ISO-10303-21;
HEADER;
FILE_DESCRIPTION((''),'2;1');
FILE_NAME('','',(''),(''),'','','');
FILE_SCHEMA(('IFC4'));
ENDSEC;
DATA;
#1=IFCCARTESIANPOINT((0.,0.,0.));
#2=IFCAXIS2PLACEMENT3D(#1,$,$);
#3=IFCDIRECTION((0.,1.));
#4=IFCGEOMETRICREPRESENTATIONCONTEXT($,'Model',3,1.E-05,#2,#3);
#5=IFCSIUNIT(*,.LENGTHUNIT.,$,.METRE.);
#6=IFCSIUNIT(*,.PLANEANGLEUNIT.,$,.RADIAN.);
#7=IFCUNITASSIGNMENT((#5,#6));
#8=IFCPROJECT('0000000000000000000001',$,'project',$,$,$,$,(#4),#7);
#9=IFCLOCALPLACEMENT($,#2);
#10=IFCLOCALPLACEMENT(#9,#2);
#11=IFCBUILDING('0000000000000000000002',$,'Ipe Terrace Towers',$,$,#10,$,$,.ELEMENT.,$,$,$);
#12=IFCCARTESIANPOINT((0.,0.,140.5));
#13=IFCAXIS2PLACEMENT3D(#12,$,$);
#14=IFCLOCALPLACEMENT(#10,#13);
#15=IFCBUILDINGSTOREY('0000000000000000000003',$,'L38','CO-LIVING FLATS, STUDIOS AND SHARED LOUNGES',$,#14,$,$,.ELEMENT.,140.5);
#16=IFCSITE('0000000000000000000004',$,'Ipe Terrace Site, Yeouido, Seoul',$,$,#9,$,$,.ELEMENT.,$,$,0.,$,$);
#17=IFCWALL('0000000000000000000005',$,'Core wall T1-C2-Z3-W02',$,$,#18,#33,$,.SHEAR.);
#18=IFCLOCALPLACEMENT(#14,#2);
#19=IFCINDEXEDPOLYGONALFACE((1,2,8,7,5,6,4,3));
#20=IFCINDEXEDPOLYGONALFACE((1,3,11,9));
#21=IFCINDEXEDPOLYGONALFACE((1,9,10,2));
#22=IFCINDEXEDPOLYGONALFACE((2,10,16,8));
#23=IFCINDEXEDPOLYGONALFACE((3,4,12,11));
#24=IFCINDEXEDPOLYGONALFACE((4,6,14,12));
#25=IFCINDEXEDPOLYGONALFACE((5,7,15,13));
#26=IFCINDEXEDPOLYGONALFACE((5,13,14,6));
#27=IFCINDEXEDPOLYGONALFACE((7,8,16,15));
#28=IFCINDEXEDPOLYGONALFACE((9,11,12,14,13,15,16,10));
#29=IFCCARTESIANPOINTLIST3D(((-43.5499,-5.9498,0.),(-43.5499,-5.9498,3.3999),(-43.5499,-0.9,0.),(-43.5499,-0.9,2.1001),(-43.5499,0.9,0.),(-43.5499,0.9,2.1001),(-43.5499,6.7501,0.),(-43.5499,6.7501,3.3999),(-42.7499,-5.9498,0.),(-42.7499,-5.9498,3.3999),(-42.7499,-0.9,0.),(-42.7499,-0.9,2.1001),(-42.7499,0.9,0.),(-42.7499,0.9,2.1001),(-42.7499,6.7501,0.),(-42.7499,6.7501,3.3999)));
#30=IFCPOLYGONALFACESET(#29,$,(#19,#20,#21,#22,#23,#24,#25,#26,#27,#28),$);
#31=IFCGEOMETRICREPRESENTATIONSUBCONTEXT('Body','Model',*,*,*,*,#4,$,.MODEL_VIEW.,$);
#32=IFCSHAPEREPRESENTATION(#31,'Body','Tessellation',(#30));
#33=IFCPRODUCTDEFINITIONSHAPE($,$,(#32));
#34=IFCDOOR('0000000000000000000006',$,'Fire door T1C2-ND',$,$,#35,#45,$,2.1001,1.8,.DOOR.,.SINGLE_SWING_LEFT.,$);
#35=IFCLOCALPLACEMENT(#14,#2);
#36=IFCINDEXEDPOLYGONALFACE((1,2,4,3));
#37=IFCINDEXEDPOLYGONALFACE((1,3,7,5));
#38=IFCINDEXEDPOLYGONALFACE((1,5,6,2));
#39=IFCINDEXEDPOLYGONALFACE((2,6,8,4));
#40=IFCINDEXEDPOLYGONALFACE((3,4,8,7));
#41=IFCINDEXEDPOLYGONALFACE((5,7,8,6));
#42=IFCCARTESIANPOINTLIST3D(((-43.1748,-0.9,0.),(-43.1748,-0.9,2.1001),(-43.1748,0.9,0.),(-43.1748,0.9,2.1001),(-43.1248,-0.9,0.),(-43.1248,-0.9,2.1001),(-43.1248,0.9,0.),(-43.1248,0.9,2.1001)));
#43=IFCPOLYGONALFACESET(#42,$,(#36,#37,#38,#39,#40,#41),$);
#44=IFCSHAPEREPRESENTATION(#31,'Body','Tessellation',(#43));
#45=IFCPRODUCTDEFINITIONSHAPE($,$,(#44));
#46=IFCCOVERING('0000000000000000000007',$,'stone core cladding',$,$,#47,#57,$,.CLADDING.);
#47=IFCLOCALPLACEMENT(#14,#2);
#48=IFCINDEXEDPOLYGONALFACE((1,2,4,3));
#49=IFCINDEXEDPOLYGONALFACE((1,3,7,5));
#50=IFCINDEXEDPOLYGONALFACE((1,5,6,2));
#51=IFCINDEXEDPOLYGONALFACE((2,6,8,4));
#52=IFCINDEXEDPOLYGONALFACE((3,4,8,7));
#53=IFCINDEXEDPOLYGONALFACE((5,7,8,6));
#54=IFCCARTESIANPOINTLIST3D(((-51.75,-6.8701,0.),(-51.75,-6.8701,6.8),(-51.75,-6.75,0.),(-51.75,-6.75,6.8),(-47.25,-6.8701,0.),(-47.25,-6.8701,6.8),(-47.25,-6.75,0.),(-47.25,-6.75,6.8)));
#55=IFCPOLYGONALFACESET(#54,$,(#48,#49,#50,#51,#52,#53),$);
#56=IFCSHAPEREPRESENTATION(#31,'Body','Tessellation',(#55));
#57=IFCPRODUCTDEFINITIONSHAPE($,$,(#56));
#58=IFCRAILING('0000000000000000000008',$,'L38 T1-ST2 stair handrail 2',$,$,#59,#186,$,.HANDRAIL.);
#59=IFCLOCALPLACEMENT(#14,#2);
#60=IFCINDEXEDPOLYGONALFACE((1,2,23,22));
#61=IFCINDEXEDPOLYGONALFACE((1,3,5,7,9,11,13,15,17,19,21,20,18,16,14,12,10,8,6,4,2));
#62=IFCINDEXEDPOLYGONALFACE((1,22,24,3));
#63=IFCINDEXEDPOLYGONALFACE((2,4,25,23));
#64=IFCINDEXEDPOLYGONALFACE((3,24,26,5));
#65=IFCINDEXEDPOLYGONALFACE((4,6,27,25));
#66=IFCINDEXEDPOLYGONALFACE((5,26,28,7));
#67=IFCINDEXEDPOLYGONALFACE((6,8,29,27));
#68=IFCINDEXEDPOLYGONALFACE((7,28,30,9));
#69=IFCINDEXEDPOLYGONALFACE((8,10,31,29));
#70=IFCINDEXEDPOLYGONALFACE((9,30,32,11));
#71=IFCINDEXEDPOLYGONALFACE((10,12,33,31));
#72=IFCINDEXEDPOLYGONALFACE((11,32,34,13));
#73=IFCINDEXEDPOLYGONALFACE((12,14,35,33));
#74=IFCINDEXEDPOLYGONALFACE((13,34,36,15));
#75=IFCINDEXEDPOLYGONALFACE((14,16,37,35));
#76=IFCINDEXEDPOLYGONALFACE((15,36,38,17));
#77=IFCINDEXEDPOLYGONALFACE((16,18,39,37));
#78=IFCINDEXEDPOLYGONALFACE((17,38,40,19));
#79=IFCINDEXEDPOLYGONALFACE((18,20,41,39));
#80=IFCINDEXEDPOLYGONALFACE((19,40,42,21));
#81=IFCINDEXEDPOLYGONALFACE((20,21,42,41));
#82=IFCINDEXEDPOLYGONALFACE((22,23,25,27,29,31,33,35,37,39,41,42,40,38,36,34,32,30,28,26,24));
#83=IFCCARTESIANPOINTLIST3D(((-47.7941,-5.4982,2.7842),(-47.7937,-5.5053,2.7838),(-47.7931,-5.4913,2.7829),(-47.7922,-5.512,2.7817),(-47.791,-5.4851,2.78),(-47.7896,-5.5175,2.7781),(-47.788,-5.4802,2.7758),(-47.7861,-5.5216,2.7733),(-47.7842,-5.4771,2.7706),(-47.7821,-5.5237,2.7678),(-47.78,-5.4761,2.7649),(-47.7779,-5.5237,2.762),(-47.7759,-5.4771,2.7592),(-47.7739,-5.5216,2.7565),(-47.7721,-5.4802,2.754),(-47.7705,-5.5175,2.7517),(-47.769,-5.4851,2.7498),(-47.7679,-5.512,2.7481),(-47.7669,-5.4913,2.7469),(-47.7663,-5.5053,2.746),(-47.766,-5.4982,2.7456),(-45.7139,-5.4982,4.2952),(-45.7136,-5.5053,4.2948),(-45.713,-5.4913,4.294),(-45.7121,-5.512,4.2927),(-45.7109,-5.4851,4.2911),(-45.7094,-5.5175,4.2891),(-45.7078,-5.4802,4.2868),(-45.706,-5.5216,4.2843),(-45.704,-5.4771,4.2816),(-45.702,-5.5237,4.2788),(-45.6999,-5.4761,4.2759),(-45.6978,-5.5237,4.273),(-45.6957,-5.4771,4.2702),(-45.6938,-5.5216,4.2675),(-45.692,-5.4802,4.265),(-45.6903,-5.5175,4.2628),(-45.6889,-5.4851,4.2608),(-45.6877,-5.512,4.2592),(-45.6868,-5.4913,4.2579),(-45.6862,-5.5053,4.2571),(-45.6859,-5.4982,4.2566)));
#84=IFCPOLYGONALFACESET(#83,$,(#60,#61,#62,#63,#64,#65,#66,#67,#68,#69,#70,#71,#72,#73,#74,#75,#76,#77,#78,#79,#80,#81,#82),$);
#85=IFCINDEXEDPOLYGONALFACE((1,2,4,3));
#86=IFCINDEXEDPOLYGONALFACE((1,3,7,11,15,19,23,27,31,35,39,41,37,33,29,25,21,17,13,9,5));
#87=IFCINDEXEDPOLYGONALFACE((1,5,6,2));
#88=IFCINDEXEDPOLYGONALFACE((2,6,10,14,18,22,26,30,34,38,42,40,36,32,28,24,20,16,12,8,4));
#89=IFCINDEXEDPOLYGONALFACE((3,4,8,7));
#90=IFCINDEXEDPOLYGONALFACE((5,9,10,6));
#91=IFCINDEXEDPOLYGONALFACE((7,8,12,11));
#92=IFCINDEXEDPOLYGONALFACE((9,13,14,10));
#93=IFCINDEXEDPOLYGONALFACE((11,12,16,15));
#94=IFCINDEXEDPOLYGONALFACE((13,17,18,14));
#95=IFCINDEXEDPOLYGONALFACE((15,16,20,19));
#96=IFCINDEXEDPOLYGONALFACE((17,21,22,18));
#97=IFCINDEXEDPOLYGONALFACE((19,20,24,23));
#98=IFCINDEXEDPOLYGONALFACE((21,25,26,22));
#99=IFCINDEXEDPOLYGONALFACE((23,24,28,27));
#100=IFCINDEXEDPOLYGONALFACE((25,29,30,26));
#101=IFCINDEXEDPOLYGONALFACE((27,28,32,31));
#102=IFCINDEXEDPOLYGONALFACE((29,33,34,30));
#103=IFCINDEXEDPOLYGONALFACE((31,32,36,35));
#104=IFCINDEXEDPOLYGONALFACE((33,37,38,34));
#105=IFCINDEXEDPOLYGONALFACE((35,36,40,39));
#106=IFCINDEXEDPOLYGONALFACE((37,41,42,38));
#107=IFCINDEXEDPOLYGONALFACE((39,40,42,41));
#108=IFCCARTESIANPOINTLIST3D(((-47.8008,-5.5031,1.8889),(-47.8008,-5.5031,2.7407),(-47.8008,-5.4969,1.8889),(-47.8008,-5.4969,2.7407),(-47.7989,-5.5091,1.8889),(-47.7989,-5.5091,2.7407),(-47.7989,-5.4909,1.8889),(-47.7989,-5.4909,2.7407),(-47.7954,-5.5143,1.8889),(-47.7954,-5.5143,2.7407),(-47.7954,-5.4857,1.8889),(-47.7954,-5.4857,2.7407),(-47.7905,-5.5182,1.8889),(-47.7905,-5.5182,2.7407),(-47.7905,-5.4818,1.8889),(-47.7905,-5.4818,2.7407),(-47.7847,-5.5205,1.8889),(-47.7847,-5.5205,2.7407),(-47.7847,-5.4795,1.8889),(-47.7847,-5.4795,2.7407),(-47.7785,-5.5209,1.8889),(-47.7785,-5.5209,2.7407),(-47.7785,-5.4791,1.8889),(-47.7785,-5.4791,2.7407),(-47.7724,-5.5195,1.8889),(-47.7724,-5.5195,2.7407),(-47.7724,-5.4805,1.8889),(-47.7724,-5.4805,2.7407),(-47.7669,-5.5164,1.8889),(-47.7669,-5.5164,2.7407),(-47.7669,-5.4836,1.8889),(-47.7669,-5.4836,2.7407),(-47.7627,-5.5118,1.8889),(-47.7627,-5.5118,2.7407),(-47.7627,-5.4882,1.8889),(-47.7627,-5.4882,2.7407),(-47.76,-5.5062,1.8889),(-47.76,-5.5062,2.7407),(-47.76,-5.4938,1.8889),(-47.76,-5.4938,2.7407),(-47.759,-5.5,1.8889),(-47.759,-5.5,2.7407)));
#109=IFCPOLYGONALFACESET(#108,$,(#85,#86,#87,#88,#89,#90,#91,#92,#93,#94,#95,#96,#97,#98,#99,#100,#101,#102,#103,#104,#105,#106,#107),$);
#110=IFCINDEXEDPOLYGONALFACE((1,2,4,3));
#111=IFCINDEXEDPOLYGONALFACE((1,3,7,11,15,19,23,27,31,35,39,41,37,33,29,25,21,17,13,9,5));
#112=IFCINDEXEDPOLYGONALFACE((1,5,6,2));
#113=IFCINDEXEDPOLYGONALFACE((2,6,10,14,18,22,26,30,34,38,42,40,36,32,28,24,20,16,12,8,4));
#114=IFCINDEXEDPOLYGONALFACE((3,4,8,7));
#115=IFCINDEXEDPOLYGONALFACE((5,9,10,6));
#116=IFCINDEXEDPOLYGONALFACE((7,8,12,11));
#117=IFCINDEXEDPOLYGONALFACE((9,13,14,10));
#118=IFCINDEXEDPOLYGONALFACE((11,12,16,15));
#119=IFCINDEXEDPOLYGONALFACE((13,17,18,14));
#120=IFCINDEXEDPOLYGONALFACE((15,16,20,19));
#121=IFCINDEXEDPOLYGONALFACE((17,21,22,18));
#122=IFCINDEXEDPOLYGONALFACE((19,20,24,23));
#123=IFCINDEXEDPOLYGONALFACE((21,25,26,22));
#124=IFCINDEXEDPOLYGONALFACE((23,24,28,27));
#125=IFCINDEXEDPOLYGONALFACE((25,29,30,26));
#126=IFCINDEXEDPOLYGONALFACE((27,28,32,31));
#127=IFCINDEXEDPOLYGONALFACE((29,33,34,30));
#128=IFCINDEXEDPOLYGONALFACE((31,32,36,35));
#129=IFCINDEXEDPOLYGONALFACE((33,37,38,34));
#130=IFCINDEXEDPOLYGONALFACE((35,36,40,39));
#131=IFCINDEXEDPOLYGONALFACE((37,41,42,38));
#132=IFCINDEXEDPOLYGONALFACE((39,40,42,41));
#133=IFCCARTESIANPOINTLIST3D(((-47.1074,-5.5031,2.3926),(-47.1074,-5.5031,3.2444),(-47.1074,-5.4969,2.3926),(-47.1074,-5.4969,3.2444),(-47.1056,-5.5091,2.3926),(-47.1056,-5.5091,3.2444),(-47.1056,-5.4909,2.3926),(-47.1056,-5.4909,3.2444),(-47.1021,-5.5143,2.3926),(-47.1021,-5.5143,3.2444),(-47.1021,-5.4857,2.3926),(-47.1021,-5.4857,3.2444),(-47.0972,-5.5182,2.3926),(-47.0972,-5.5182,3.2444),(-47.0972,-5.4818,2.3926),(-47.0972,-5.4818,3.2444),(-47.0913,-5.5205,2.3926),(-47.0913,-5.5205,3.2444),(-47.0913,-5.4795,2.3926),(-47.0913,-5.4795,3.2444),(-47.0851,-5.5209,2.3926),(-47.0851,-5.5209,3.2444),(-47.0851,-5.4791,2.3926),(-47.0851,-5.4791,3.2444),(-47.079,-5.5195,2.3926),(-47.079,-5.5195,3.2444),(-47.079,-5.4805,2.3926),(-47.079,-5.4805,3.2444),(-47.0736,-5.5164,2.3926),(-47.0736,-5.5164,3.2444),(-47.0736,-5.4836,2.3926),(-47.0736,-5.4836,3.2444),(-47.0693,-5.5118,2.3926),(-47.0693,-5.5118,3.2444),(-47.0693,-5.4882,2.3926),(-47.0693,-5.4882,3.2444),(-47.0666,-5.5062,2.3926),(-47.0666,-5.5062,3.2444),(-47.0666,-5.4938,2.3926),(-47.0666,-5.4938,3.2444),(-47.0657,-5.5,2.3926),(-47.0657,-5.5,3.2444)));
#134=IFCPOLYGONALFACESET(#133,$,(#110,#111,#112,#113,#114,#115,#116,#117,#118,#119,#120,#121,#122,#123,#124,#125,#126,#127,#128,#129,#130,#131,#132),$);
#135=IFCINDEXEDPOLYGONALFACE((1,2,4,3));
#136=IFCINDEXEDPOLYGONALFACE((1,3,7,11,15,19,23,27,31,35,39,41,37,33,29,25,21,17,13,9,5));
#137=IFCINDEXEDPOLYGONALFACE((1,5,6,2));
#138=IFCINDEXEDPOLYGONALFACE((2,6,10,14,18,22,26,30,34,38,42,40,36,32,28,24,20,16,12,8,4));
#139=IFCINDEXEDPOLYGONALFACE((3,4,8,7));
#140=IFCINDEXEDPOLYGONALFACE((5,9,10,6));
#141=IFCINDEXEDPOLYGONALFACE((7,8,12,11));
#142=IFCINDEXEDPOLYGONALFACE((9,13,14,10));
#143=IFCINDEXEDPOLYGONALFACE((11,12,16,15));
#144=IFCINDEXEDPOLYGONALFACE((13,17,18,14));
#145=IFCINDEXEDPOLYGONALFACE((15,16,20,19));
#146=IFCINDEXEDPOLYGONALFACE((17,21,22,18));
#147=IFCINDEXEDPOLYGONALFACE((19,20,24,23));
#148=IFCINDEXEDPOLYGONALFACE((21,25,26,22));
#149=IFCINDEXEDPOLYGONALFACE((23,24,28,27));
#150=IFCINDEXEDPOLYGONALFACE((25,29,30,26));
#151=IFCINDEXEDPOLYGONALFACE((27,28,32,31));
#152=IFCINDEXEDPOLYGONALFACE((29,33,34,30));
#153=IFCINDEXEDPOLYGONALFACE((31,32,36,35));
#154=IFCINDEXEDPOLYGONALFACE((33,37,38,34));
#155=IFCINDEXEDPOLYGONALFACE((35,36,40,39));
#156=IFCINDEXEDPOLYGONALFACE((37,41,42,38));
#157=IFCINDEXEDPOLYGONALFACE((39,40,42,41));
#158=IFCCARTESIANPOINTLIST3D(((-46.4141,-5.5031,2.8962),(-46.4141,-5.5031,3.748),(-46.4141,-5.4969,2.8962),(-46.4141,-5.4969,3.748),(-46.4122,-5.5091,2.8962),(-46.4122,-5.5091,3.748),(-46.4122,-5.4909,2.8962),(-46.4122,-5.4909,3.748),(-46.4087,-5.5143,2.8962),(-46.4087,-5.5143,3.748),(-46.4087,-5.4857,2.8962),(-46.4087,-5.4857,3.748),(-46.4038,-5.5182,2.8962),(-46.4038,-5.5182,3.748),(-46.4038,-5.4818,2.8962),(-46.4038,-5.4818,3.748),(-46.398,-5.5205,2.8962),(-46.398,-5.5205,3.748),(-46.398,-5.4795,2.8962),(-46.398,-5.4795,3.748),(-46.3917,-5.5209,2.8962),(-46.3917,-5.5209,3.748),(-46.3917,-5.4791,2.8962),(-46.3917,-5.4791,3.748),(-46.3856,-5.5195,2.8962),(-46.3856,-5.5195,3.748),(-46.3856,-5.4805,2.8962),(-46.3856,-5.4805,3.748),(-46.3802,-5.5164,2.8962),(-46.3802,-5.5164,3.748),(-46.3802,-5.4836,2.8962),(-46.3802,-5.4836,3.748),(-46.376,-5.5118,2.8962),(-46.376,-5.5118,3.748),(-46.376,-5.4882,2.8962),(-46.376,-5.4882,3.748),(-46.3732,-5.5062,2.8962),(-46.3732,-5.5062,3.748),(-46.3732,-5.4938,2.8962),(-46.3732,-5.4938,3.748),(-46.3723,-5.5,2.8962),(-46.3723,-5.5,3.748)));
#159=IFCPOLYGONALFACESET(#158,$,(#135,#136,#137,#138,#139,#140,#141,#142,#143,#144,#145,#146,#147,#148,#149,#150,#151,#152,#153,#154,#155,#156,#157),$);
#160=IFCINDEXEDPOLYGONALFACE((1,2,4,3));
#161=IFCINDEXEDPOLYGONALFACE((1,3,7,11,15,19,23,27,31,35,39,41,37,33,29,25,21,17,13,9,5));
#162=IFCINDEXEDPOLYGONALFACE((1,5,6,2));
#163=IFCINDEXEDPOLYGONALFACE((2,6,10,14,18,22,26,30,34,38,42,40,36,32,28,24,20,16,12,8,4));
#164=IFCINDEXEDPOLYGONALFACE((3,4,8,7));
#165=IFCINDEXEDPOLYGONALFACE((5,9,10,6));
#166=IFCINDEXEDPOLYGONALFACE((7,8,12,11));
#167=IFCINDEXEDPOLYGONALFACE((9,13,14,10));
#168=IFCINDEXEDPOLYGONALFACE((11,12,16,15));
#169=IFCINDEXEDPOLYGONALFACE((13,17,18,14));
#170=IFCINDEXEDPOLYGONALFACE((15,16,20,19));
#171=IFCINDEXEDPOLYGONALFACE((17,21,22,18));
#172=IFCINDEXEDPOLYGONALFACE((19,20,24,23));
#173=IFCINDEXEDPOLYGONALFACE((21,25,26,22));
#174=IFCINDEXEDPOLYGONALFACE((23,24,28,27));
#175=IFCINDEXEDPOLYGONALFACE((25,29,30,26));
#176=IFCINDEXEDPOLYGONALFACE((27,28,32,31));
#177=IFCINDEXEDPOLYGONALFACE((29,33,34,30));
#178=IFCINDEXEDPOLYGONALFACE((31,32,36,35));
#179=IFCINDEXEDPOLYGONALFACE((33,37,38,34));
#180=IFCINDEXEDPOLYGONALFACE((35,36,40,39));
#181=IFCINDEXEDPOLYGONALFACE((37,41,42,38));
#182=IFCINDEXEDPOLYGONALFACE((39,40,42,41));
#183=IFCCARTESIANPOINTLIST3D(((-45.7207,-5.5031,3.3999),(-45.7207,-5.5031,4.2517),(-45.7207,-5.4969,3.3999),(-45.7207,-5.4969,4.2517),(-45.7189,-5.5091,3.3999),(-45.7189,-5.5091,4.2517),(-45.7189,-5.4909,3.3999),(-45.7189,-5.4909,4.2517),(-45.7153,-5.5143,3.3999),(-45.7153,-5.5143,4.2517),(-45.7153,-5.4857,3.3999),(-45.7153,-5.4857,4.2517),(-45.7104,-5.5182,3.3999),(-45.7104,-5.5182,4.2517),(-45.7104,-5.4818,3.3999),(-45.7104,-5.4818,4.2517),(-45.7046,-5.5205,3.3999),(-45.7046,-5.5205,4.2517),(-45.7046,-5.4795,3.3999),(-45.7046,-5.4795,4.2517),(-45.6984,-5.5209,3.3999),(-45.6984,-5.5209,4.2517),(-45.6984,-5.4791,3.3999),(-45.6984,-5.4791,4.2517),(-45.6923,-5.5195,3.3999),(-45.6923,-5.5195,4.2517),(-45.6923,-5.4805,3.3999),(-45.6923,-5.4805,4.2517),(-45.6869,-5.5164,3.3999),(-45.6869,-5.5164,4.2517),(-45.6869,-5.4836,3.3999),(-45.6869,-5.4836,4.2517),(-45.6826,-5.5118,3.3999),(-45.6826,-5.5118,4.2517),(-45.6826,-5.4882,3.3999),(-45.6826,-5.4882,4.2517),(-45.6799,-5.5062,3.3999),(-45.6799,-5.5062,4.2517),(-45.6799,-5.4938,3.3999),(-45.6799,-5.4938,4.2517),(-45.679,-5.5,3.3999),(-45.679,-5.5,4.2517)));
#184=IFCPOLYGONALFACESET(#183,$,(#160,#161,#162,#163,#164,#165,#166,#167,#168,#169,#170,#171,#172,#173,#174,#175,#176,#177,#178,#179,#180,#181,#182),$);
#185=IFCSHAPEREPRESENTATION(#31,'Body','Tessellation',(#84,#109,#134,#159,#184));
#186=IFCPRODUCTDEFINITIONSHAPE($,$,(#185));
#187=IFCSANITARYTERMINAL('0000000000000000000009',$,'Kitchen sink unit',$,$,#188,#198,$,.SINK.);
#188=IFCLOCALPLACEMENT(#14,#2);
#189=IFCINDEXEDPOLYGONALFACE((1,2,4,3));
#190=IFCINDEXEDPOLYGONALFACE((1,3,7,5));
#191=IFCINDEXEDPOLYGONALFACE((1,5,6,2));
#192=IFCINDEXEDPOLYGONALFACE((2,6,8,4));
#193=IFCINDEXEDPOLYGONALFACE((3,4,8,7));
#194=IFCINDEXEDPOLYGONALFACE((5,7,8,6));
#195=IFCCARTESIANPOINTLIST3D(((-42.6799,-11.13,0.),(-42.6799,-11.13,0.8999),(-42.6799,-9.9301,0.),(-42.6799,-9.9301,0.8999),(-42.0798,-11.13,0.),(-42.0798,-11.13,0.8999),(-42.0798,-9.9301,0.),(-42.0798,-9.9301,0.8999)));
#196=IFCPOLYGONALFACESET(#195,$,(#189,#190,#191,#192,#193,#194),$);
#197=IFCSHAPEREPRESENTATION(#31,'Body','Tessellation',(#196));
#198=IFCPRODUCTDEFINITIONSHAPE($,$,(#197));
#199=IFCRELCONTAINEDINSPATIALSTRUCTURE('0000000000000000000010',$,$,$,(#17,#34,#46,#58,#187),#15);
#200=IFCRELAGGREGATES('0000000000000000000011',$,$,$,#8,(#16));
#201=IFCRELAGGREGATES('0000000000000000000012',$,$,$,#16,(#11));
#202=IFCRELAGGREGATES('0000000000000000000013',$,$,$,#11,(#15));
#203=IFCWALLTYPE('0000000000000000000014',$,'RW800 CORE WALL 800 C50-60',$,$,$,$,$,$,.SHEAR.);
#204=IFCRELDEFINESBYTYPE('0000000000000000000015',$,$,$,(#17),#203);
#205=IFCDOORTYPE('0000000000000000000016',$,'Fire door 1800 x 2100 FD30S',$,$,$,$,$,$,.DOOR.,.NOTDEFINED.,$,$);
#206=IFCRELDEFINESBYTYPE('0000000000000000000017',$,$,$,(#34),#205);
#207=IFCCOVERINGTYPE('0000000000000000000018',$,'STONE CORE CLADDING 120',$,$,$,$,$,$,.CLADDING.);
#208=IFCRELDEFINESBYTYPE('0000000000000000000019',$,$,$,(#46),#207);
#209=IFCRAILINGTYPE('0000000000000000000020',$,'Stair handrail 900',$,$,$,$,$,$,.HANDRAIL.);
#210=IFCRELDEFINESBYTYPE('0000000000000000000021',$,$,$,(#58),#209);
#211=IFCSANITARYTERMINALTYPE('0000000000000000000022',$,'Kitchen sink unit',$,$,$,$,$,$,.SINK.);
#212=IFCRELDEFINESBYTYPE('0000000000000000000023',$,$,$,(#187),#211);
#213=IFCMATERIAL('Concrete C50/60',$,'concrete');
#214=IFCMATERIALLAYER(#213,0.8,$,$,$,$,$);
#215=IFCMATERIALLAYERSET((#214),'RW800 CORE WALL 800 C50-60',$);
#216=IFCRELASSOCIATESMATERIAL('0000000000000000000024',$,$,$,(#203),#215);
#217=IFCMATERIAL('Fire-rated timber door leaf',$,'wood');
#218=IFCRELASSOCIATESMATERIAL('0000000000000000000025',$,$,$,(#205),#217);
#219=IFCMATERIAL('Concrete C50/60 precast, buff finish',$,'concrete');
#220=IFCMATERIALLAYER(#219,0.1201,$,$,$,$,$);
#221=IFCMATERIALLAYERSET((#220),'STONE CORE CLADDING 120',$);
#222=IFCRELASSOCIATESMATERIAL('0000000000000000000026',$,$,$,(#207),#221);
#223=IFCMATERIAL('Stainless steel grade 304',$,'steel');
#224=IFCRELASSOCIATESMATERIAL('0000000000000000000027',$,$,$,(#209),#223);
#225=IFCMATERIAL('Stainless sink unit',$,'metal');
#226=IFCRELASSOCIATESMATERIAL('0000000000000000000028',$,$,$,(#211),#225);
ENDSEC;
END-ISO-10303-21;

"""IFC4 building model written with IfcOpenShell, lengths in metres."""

from ifc_helpers import new_model, si_unit, direction, frame, frame_2d, origin, origin_2d, place, context, subcontext, project, spatial, rectangle, circle, extrude, material, layer, layer_set, type_object, element, fill, save


model = new_model("IFC4")

# Units and contexts
model_context = context("Model", 3, precision=1e-05, world=origin(), true_north=direction((0.0, 1.0)))
body_context = subcontext(model_context, "Body", "Model", "MODEL_VIEW")
ifc_project = project(units=[si_unit("LENGTHUNIT", "METRE"), si_unit("PLANEANGLEUNIT", "RADIAN")], contexts=[model_context])

# Site, building, storey
site_placement = place(None, origin())
site = spatial("IfcSite", under=ifc_project, at=site_placement, Name="Ipe Terrace Site, Yeouido, Seoul", CompositionType="ELEMENT", RefElevation=0.0)
building_placement = place(site_placement, origin())
building = spatial("IfcBuilding", under=site, at=building_placement, Name="Ipe Terrace Towers", CompositionType="ELEMENT")
storey_placement = place(building_placement, frame((0.0, 0.0, 140.5)))
storey = spatial("IfcBuildingStorey", under=building, at=storey_placement, Name="L38", Description="CO-LIVING FLATS, STUDIOS AND SHARED LOUNGES", CompositionType="ELEMENT", Elevation=140.5)

# Shared definitions
ifc_material_1 = material(Name="Concrete C50/60", Category="concrete")
ifc_layer_1 = layer(ifc_material_1, 0.8)
ifc_layer_set_1 = layer_set([ifc_layer_1], Name="RW800 CORE WALL 800 C50-60")
wall_type_1 = type_object("IfcWallType", Name="RW800 CORE WALL 800 C50-60", PredefinedType="SHEAR", material=ifc_layer_set_1)

# Wall, opening, door
wall_1_placement = place(storey_placement, frame((-43.1499, -5.95, 0.0), z_axis=(0.0, 0.0, 1.0), x_axis=(0.0, 1.0, 0.0)))
wall_1 = element("IfcWall", 1, at=wall_1_placement, inside=storey, type_object=wall_type_1, Name="Core wall T1-C2-Z3-W02", PredefinedType="SHEAR", context=body_context, shape_type="SweptSolid", body=[
    extrude(rectangle(XDim=12.7, YDim=0.8, at=frame_2d((6.3501, 0.0))), origin(), (0.0, 0.0, 1.0), 3.3999),
])
opening_1_placement = place(wall_1_placement, frame((5.05, 0.0, 0.0)))
opening_1 = element("IfcOpeningElement", 2, at=opening_1_placement, cuts=wall_1, PredefinedType="OPENING", context=body_context, shape_type="SweptSolid", body=[
    extrude(rectangle(XDim=1.8, YDim=2.1001, at=frame_2d((0.8999, 1.05))), frame((0.0, 0.4102, 0.0), z_axis=(0.0, -1.0, 0.0), x_axis=(1.0, 0.0, 0.0)), (0.0, 0.0, 1.0), 0.8201),
])
ifc_material_2 = material(Name="Fire-rated timber door leaf", Category="wood")
door_type_1 = type_object("IfcDoorType", Name="Fire door 1800 x 2100 FD30S", OperationType="NOTDEFINED", PredefinedType="DOOR", material=ifc_material_2)
door_1_placement = place(opening_1_placement, origin())
door_1 = element("IfcDoor", 3, at=door_1_placement, inside=storey, type_object=door_type_1, Name="Fire door T1C2-ND", OperationType="SINGLE_SWING_LEFT", OverallHeight=2.1001, OverallWidth=1.8, PredefinedType="DOOR", context=body_context, shape_type="SweptSolid", body=[
    extrude(rectangle(XDim=1.8, YDim=2.1001, at=frame_2d((0.8999, 1.05))), frame((0.0, 0.0249, 0.0), z_axis=(0.0, -1.0, 0.0), x_axis=(1.0, 0.0, 0.0)), (0.0, 0.0, 1.0), 0.05),
])
fill(opening_1, door_1)

# Covering
ifc_material_3 = material(Name="Concrete C50/60 precast, buff finish", Category="concrete")
ifc_layer_2 = layer(ifc_material_3, 0.1201)
ifc_layer_set_2 = layer_set([ifc_layer_2], Name="STONE CORE CLADDING 120")
covering_type = type_object("IfcCoveringType", Name="STONE CORE CLADDING 120", PredefinedType="CLADDING", material=ifc_layer_set_2)
covering_placement = place(storey_placement, frame((-49.5, -6.8101, 0.0), z_axis=(0.0, 0.0, 1.0), x_axis=(1.0, 0.0, 0.0)))
element("IfcCovering", 4, at=covering_placement, inside=storey, type_object=covering_type, Name="stone core cladding", PredefinedType="CLADDING", context=body_context, shape_type="SweptSolid", body=[
    extrude(rectangle(XDim=4.5, YDim=0.1201, at=origin_2d()), origin(), (0.0, 0.0, 1.0), 6.8),
])

# Railing
ifc_material_4 = material(Name="Stainless steel grade 304", Category="steel")
railing_type = type_object("IfcRailingType", Name="Stair handrail 900", PredefinedType="HANDRAIL", material=ifc_material_4)
railing_placement = place(storey_placement, frame((-47.78, -5.5, 1.8889)))
element("IfcRailing", 5, at=railing_placement, inside=storey, type_object=railing_type, Name="L38 T1-ST2 stair handrail 2", PredefinedType="HANDRAIL", context=body_context, shape_type="SweptSolid", body=[
    extrude(circle(Radius=0.0239, at=origin_2d()), frame((0.0, 0.0, 0.876), z_axis=(0.809069, 0.0, 0.587714), x_axis=(0.0, 1.0, 0.0)), (0.0, 0.0, 1.0), 2.571),
    extrude(circle(Radius=0.021, at=origin_2d()), origin(), (0.0, 0.0, 1.0), 0.8518),
    extrude(circle(Radius=0.021, at=origin_2d()), frame((0.6934, 0.0, 0.5037)), (0.0, 0.0, 1.0), 0.8518),
    extrude(circle(Radius=0.021, at=origin_2d()), frame((1.3867, 0.0, 1.0073)), (0.0, 0.0, 1.0), 0.8518),
    extrude(circle(Radius=0.021, at=origin_2d()), frame((2.0801, 0.0, 1.511)), (0.0, 0.0, 1.0), 0.8518),
])

# Sanitary terminal
ifc_material_5 = material(Name="Stainless sink unit", Category="metal")
sanitary_terminal_type = type_object("IfcSanitaryTerminalType", Name="Kitchen sink unit", PredefinedType="SINK", material=ifc_material_5)
sanitary_terminal_placement = place(storey_placement, frame((-42.3799, -10.53, 0.0), z_axis=(0.0, 0.0, 1.0), x_axis=(0.0, 1.0, 0.0)))
element("IfcSanitaryTerminal", 6, at=sanitary_terminal_placement, inside=storey, type_object=sanitary_terminal_type, Name="Kitchen sink unit", PredefinedType="SINK", context=body_context, shape_type="SweptSolid", body=[
    extrude(rectangle(XDim=1.2, YDim=0.6001, at=origin_2d()), origin(), (0.0, 0.0, 1.0), 0.8999),
])

save(model, "model.ifc")
